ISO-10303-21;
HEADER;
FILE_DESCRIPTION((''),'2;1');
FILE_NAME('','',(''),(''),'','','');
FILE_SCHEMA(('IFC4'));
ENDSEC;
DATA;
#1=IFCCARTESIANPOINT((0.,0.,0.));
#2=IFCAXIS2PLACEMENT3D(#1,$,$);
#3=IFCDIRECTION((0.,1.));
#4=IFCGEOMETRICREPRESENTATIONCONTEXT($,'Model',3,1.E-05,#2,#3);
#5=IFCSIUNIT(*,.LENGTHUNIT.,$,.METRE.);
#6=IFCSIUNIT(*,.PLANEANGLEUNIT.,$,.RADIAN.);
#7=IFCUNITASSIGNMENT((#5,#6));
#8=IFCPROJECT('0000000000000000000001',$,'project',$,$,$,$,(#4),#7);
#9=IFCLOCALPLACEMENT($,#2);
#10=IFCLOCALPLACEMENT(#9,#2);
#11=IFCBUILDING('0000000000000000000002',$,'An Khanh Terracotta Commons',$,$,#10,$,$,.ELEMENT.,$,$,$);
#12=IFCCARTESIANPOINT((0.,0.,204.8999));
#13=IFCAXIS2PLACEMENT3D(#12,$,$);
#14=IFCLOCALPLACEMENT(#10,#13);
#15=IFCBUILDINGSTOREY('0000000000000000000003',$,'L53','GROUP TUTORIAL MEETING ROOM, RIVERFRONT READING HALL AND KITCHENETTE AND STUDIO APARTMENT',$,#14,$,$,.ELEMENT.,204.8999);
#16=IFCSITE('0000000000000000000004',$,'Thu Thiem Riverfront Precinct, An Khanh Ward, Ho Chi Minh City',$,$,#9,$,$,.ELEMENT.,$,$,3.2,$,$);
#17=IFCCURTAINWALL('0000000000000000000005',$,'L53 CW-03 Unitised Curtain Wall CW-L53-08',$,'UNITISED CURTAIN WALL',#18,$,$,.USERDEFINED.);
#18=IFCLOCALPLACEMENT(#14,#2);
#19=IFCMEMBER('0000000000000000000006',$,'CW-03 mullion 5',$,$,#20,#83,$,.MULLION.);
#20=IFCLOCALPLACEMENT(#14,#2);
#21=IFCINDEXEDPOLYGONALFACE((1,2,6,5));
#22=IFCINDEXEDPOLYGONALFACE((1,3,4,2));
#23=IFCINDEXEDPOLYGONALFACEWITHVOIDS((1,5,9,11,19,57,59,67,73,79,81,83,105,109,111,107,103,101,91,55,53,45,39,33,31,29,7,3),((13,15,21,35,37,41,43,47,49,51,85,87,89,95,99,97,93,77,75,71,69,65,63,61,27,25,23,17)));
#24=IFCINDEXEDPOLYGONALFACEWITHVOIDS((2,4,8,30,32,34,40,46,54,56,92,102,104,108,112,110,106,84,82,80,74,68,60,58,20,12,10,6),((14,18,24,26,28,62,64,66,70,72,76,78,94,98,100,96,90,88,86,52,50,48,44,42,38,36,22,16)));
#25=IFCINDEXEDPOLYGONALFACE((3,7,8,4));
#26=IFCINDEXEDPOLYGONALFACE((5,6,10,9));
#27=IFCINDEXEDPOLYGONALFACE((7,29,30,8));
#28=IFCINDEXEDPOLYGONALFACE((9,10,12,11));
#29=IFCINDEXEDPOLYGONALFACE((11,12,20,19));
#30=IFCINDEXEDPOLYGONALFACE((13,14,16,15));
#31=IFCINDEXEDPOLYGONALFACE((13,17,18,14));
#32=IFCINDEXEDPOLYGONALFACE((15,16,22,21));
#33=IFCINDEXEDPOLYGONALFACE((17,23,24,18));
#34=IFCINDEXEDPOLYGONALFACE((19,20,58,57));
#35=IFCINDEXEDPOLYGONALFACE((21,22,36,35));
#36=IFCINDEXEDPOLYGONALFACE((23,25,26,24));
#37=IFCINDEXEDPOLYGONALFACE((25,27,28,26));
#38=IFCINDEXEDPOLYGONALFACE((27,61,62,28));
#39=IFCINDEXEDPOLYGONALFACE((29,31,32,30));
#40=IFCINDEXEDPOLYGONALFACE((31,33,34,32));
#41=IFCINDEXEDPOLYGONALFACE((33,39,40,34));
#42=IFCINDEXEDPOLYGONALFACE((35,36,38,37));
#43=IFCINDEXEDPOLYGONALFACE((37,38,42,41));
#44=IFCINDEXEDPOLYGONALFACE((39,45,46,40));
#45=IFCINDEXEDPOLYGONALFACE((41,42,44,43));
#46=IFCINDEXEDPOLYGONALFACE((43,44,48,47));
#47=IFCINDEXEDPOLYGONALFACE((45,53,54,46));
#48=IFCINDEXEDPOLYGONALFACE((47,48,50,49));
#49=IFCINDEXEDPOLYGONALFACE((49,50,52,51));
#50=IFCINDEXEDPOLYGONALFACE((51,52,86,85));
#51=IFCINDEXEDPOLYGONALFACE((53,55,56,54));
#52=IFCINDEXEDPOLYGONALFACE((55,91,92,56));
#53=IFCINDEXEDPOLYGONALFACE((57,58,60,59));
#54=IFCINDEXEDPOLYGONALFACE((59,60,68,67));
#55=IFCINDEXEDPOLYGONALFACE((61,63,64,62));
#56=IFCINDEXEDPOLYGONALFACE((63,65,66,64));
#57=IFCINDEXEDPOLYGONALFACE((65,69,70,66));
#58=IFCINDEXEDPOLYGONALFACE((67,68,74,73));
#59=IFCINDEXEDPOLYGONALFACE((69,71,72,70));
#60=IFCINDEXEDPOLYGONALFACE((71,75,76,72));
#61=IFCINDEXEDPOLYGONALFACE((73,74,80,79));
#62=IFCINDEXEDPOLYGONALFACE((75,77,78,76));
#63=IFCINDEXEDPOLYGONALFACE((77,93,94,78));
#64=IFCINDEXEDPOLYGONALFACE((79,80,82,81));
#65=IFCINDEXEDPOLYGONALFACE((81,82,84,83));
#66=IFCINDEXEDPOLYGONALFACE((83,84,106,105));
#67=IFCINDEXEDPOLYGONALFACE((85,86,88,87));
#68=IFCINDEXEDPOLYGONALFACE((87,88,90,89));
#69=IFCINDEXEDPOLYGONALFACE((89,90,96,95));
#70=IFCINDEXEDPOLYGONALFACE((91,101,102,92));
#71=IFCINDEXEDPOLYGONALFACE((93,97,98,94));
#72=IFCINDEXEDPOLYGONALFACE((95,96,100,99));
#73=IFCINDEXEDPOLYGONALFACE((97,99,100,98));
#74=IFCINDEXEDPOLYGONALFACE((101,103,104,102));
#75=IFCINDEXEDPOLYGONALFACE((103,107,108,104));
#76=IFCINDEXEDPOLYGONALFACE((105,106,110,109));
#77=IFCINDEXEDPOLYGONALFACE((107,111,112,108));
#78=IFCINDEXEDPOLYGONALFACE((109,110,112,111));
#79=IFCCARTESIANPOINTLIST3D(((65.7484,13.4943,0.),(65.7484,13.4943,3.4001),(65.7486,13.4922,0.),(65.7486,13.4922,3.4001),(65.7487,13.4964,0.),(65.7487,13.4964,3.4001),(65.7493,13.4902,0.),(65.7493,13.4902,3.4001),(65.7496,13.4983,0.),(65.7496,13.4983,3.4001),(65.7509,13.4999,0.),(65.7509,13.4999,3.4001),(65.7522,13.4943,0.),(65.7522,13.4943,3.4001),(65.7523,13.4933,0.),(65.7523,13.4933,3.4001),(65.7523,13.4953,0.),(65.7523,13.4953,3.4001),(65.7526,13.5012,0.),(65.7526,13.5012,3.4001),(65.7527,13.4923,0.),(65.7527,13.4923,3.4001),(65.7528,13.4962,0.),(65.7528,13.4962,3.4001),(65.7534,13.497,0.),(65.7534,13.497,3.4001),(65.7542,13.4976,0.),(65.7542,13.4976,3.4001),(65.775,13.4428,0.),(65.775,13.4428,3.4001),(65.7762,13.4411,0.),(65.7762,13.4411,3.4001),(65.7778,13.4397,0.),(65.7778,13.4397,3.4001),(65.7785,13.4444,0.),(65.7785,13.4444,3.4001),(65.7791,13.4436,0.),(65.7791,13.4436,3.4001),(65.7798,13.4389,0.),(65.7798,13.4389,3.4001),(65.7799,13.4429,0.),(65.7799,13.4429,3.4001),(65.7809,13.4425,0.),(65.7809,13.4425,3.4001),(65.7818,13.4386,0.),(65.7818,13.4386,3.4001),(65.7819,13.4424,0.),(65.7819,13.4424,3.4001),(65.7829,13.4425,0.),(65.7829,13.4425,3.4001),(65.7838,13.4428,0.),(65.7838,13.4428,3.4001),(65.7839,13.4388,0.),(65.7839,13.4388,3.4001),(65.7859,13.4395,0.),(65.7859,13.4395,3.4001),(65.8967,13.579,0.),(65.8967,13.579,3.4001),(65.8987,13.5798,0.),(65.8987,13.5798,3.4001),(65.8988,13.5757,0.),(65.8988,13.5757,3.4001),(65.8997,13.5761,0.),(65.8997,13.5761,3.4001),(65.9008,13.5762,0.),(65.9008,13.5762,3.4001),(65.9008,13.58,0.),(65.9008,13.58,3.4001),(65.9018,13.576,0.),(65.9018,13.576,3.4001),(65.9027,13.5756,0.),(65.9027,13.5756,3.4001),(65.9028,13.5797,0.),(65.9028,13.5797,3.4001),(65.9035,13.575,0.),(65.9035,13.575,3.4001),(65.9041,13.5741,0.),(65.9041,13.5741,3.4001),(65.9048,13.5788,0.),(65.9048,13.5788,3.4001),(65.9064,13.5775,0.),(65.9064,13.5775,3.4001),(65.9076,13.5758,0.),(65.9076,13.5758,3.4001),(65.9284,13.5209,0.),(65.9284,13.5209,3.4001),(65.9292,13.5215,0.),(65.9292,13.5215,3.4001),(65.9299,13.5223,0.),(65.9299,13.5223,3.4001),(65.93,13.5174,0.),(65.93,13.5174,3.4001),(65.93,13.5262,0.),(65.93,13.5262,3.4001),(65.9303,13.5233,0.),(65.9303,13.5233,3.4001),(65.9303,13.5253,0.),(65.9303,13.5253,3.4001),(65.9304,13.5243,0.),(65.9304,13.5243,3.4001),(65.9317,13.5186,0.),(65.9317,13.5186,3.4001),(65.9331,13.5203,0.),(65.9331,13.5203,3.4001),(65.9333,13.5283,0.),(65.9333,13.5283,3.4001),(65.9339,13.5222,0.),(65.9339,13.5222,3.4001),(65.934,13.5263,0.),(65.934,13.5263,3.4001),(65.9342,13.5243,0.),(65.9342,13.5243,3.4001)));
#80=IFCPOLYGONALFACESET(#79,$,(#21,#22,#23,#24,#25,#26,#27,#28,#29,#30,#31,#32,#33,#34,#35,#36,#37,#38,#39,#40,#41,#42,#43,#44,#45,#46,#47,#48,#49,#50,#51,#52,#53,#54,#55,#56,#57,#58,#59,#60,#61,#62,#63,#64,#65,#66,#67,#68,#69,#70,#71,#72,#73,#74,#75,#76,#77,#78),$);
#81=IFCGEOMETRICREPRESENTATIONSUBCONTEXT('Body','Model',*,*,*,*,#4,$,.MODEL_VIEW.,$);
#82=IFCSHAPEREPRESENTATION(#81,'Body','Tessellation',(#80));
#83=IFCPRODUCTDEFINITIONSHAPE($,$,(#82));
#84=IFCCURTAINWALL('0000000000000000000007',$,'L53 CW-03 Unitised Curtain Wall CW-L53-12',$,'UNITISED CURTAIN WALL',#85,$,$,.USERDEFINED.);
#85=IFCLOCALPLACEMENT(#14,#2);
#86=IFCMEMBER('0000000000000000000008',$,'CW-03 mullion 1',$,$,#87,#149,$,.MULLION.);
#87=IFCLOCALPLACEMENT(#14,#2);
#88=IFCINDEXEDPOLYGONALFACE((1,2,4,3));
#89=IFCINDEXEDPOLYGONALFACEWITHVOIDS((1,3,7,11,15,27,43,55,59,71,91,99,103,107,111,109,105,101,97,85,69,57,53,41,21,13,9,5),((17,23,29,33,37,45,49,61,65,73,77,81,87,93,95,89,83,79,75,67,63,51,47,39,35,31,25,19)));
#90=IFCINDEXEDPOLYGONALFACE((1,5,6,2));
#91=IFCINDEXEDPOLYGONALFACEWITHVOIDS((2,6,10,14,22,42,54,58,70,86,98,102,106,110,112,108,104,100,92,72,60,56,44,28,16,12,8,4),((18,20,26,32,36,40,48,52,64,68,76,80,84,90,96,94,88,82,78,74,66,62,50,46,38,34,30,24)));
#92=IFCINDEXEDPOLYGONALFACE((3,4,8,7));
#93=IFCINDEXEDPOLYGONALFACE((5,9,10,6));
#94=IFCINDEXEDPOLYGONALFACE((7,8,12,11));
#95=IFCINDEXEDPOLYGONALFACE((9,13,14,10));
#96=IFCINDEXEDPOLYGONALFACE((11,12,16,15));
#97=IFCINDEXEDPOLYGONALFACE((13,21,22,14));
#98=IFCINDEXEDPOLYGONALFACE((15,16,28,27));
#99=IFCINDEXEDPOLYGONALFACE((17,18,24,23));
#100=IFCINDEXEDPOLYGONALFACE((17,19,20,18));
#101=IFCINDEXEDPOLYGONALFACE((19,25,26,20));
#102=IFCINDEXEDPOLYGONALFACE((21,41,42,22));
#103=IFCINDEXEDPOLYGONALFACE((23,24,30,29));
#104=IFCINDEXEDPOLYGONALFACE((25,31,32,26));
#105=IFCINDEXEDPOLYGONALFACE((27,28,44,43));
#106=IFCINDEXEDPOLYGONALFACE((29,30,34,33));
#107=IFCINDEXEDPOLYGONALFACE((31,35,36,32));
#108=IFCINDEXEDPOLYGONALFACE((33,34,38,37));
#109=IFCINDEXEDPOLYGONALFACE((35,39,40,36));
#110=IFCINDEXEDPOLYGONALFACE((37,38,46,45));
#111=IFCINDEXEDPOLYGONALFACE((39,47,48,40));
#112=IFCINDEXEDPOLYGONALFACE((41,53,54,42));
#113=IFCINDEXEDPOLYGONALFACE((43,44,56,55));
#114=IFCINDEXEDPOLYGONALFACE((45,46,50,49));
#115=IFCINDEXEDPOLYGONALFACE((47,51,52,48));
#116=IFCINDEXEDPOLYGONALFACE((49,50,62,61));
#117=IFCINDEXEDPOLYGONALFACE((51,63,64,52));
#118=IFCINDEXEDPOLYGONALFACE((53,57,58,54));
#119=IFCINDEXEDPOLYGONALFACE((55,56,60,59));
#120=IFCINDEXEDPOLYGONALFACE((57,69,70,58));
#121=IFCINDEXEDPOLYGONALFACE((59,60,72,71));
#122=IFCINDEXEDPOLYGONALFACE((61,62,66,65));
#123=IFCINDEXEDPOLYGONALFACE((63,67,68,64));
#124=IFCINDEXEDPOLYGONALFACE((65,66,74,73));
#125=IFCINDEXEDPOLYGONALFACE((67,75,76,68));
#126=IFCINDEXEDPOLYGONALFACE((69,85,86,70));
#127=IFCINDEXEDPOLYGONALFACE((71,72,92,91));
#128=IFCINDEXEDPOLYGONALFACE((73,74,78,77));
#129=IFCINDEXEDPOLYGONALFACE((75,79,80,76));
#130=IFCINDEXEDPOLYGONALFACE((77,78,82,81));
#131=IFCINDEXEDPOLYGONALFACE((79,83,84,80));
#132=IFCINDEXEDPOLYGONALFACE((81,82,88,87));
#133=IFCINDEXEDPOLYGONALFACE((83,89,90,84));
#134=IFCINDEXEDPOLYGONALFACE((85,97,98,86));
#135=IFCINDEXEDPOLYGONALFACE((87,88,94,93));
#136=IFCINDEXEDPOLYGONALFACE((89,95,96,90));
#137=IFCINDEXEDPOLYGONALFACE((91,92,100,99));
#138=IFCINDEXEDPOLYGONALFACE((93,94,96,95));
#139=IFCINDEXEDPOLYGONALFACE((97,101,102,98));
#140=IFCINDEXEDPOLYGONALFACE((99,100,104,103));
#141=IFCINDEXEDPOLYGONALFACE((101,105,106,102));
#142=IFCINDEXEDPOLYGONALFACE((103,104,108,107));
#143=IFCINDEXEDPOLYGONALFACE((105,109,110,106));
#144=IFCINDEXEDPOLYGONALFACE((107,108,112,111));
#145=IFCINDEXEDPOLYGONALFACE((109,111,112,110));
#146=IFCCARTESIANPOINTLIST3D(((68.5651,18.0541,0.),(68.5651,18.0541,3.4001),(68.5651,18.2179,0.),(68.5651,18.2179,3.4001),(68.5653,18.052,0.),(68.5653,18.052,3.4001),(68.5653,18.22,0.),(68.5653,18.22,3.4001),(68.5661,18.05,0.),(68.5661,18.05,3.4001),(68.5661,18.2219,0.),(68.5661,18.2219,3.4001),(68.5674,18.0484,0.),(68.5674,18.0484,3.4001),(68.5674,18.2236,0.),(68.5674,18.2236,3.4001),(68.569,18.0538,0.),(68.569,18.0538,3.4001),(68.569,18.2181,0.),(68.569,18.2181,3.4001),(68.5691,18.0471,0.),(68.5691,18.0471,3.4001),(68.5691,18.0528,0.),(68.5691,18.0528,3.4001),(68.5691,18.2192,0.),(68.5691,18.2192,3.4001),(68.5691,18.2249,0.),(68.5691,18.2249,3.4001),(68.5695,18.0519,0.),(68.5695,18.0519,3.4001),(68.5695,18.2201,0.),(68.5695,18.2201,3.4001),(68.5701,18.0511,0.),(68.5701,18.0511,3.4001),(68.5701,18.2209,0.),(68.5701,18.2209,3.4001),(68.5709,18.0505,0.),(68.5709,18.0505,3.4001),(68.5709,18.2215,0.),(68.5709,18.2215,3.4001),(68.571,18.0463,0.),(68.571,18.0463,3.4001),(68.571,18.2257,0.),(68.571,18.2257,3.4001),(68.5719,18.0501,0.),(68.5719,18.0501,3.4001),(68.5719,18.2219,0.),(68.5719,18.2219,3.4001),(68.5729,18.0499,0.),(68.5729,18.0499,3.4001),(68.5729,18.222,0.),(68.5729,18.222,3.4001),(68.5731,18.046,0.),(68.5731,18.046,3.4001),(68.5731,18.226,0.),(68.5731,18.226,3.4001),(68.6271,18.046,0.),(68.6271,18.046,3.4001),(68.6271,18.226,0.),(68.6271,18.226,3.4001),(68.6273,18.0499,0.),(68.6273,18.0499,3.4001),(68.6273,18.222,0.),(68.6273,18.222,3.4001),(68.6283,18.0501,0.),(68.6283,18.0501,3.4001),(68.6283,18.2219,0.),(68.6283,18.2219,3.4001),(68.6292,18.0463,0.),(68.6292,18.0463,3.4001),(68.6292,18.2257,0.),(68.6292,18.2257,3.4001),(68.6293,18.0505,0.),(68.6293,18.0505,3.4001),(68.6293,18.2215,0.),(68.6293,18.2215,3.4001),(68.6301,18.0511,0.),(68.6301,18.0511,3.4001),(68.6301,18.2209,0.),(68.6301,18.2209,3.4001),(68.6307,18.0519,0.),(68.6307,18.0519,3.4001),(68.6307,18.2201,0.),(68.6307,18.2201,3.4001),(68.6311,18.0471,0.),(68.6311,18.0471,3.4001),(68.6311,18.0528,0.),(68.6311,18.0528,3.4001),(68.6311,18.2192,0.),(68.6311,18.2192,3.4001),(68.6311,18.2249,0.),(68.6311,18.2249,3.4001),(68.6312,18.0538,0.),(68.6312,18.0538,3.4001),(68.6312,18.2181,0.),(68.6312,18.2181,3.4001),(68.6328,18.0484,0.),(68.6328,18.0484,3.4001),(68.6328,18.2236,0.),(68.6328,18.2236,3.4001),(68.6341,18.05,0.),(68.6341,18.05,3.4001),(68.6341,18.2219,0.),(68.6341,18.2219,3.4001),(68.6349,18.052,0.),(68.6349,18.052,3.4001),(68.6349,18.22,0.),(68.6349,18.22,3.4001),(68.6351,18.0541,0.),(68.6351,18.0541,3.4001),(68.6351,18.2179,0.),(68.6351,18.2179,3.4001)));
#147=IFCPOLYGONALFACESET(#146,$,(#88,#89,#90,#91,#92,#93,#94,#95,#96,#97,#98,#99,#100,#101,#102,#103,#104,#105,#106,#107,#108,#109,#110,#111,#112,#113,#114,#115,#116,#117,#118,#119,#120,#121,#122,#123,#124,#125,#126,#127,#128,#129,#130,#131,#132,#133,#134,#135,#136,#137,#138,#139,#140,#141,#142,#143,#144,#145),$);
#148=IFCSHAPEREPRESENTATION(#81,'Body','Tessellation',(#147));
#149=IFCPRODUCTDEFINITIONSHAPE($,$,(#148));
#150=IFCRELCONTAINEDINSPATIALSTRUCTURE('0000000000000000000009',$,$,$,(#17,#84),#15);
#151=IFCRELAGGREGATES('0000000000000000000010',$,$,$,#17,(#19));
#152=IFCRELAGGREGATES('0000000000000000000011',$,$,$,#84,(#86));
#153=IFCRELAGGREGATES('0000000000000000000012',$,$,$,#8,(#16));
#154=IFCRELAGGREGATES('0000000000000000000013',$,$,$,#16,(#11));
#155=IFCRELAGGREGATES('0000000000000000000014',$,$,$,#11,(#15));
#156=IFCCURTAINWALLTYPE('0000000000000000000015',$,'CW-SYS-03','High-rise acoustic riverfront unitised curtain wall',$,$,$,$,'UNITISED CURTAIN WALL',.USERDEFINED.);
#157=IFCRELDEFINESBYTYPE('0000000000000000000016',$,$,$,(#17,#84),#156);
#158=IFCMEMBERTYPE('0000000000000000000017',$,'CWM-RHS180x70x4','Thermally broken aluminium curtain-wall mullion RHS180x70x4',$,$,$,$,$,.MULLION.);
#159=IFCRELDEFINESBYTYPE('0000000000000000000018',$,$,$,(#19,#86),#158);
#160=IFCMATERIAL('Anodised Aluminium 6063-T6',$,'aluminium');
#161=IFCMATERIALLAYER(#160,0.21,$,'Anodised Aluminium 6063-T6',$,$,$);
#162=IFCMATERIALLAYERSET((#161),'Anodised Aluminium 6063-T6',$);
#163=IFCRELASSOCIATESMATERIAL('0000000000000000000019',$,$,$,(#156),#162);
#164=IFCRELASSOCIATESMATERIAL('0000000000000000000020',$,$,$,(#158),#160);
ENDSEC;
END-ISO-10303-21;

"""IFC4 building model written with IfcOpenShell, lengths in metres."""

from ifc_helpers import new_model, si_unit, direction, frame, origin, origin_2d, place, context, subcontext, project, spatial, hollow_rectangle, extrude, material, layer, layer_set, material_profile, profile_set, type_object, element, aggregate, save


model = new_model("IFC4")

# Units and contexts
model_context = context("Model", 3, precision=1e-05, world=origin(), true_north=direction((0.0, 1.0)))
body_context = subcontext(model_context, "Body", "Model", "MODEL_VIEW")
ifc_project = project(units=[si_unit("LENGTHUNIT", "METRE"), si_unit("PLANEANGLEUNIT", "RADIAN")], contexts=[model_context])

# Site, building, storey
site_placement = place(None, origin())
site = spatial("IfcSite", under=ifc_project, at=site_placement, Name="Thu Thiem Riverfront Precinct, An Khanh Ward, Ho Chi Minh City", CompositionType="ELEMENT", RefElevation=3.2)
building_placement = place(site_placement, origin())
building = spatial("IfcBuilding", under=site, at=building_placement, Name="An Khanh Terracotta Commons", CompositionType="ELEMENT")
storey_placement = place(building_placement, frame((0.0, 0.0, 204.8999)))
storey = spatial("IfcBuildingStorey", under=building, at=storey_placement, Name="L53", Description="GROUP TUTORIAL MEETING ROOM, RIVERFRONT READING HALL AND KITCHENETTE AND STUDIO APARTMENT", CompositionType="ELEMENT", Elevation=204.8999)

# Curtain walls, members
ifc_material_1 = material(Name="Anodised Aluminium 6063-T6", Category="aluminium")
ifc_layer_1 = layer(ifc_material_1, 0.21, Name="Anodised Aluminium 6063-T6")
ifc_layer_set_1 = layer_set([ifc_layer_1], Name="Anodised Aluminium 6063-T6")
curtain_wall_type = type_object("IfcCurtainWallType", Name="CW-SYS-03", Description="High-rise acoustic riverfront unitised curtain wall", ElementType="UNITISED CURTAIN WALL", PredefinedType="USERDEFINED", material=ifc_layer_set_1)
curtain_wall_1_placement = place(storey_placement, origin())
curtain_wall_1 = element("IfcCurtainWall", 1, at=curtain_wall_1_placement, inside=storey, type_object=curtain_wall_type, Name="L53 CW-03 Unitised Curtain Wall CW-L53-08", ObjectType="UNITISED CURTAIN WALL", PredefinedType="USERDEFINED")
ifc_material_profile_1 = material_profile(ifc_material_1, hollow_rectangle(XDim=0.0701, YDim=0.1799, WallThickness=0.0039, InnerFilletRadius=0.0039, OuterFilletRadius=0.0081, at=origin_2d()), Name="RHS180x70x4")
ifc_profile_set_1 = profile_set([ifc_material_profile_1], Name="Anodised Aluminium 6063-T6")
member_type_1 = type_object("IfcMemberType", Name="CWM-RHS180x70x4", Description="Thermally broken aluminium curtain-wall mullion RHS180x70x4", PredefinedType="MULLION", material=ifc_profile_set_1)
member_1_placement = place(storey_placement, frame((65.8413, 13.5093, 0.0), z_axis=(0.0, 0.0, 1.0), x_axis=(-0.475381, 0.87978, 0.0)))
member_1 = element("IfcMember", 2, at=member_1_placement, type_object=member_type_1, Name="CW-03 mullion 5", PredefinedType="MULLION", context=body_context, shape_type="SweptSolid", body=[
    extrude(hollow_rectangle(XDim=0.0701, YDim=0.1799, WallThickness=0.0039, InnerFilletRadius=0.0039, OuterFilletRadius=0.0081, at=origin_2d()), origin(), (0.0, 0.0, 1.0), 3.4001),
])
curtain_wall_2_placement = place(storey_placement, origin())
curtain_wall_2 = element("IfcCurtainWall", 3, at=curtain_wall_2_placement, inside=storey, type_object=curtain_wall_type, Name="L53 CW-03 Unitised Curtain Wall CW-L53-12", ObjectType="UNITISED CURTAIN WALL", PredefinedType="USERDEFINED")
member_2_placement = place(storey_placement, frame((68.6001, 18.136, 0.0), z_axis=(0.0, 0.0, 1.0), x_axis=(-1.0, 0.0, 0.0)))
member_2 = element("IfcMember", 4, at=member_2_placement, type_object=member_type_1, Name="CW-03 mullion 1", PredefinedType="MULLION", context=body_context, shape_type="SweptSolid", body=[
    extrude(hollow_rectangle(XDim=0.0701, YDim=0.1799, WallThickness=0.0039, InnerFilletRadius=0.0039, OuterFilletRadius=0.0081, at=origin_2d()), origin(), (0.0, 0.0, 1.0), 3.4001),
])

aggregate(curtain_wall_1, [member_1])
aggregate(curtain_wall_2, [member_2])

save(model, "model.ifc")
